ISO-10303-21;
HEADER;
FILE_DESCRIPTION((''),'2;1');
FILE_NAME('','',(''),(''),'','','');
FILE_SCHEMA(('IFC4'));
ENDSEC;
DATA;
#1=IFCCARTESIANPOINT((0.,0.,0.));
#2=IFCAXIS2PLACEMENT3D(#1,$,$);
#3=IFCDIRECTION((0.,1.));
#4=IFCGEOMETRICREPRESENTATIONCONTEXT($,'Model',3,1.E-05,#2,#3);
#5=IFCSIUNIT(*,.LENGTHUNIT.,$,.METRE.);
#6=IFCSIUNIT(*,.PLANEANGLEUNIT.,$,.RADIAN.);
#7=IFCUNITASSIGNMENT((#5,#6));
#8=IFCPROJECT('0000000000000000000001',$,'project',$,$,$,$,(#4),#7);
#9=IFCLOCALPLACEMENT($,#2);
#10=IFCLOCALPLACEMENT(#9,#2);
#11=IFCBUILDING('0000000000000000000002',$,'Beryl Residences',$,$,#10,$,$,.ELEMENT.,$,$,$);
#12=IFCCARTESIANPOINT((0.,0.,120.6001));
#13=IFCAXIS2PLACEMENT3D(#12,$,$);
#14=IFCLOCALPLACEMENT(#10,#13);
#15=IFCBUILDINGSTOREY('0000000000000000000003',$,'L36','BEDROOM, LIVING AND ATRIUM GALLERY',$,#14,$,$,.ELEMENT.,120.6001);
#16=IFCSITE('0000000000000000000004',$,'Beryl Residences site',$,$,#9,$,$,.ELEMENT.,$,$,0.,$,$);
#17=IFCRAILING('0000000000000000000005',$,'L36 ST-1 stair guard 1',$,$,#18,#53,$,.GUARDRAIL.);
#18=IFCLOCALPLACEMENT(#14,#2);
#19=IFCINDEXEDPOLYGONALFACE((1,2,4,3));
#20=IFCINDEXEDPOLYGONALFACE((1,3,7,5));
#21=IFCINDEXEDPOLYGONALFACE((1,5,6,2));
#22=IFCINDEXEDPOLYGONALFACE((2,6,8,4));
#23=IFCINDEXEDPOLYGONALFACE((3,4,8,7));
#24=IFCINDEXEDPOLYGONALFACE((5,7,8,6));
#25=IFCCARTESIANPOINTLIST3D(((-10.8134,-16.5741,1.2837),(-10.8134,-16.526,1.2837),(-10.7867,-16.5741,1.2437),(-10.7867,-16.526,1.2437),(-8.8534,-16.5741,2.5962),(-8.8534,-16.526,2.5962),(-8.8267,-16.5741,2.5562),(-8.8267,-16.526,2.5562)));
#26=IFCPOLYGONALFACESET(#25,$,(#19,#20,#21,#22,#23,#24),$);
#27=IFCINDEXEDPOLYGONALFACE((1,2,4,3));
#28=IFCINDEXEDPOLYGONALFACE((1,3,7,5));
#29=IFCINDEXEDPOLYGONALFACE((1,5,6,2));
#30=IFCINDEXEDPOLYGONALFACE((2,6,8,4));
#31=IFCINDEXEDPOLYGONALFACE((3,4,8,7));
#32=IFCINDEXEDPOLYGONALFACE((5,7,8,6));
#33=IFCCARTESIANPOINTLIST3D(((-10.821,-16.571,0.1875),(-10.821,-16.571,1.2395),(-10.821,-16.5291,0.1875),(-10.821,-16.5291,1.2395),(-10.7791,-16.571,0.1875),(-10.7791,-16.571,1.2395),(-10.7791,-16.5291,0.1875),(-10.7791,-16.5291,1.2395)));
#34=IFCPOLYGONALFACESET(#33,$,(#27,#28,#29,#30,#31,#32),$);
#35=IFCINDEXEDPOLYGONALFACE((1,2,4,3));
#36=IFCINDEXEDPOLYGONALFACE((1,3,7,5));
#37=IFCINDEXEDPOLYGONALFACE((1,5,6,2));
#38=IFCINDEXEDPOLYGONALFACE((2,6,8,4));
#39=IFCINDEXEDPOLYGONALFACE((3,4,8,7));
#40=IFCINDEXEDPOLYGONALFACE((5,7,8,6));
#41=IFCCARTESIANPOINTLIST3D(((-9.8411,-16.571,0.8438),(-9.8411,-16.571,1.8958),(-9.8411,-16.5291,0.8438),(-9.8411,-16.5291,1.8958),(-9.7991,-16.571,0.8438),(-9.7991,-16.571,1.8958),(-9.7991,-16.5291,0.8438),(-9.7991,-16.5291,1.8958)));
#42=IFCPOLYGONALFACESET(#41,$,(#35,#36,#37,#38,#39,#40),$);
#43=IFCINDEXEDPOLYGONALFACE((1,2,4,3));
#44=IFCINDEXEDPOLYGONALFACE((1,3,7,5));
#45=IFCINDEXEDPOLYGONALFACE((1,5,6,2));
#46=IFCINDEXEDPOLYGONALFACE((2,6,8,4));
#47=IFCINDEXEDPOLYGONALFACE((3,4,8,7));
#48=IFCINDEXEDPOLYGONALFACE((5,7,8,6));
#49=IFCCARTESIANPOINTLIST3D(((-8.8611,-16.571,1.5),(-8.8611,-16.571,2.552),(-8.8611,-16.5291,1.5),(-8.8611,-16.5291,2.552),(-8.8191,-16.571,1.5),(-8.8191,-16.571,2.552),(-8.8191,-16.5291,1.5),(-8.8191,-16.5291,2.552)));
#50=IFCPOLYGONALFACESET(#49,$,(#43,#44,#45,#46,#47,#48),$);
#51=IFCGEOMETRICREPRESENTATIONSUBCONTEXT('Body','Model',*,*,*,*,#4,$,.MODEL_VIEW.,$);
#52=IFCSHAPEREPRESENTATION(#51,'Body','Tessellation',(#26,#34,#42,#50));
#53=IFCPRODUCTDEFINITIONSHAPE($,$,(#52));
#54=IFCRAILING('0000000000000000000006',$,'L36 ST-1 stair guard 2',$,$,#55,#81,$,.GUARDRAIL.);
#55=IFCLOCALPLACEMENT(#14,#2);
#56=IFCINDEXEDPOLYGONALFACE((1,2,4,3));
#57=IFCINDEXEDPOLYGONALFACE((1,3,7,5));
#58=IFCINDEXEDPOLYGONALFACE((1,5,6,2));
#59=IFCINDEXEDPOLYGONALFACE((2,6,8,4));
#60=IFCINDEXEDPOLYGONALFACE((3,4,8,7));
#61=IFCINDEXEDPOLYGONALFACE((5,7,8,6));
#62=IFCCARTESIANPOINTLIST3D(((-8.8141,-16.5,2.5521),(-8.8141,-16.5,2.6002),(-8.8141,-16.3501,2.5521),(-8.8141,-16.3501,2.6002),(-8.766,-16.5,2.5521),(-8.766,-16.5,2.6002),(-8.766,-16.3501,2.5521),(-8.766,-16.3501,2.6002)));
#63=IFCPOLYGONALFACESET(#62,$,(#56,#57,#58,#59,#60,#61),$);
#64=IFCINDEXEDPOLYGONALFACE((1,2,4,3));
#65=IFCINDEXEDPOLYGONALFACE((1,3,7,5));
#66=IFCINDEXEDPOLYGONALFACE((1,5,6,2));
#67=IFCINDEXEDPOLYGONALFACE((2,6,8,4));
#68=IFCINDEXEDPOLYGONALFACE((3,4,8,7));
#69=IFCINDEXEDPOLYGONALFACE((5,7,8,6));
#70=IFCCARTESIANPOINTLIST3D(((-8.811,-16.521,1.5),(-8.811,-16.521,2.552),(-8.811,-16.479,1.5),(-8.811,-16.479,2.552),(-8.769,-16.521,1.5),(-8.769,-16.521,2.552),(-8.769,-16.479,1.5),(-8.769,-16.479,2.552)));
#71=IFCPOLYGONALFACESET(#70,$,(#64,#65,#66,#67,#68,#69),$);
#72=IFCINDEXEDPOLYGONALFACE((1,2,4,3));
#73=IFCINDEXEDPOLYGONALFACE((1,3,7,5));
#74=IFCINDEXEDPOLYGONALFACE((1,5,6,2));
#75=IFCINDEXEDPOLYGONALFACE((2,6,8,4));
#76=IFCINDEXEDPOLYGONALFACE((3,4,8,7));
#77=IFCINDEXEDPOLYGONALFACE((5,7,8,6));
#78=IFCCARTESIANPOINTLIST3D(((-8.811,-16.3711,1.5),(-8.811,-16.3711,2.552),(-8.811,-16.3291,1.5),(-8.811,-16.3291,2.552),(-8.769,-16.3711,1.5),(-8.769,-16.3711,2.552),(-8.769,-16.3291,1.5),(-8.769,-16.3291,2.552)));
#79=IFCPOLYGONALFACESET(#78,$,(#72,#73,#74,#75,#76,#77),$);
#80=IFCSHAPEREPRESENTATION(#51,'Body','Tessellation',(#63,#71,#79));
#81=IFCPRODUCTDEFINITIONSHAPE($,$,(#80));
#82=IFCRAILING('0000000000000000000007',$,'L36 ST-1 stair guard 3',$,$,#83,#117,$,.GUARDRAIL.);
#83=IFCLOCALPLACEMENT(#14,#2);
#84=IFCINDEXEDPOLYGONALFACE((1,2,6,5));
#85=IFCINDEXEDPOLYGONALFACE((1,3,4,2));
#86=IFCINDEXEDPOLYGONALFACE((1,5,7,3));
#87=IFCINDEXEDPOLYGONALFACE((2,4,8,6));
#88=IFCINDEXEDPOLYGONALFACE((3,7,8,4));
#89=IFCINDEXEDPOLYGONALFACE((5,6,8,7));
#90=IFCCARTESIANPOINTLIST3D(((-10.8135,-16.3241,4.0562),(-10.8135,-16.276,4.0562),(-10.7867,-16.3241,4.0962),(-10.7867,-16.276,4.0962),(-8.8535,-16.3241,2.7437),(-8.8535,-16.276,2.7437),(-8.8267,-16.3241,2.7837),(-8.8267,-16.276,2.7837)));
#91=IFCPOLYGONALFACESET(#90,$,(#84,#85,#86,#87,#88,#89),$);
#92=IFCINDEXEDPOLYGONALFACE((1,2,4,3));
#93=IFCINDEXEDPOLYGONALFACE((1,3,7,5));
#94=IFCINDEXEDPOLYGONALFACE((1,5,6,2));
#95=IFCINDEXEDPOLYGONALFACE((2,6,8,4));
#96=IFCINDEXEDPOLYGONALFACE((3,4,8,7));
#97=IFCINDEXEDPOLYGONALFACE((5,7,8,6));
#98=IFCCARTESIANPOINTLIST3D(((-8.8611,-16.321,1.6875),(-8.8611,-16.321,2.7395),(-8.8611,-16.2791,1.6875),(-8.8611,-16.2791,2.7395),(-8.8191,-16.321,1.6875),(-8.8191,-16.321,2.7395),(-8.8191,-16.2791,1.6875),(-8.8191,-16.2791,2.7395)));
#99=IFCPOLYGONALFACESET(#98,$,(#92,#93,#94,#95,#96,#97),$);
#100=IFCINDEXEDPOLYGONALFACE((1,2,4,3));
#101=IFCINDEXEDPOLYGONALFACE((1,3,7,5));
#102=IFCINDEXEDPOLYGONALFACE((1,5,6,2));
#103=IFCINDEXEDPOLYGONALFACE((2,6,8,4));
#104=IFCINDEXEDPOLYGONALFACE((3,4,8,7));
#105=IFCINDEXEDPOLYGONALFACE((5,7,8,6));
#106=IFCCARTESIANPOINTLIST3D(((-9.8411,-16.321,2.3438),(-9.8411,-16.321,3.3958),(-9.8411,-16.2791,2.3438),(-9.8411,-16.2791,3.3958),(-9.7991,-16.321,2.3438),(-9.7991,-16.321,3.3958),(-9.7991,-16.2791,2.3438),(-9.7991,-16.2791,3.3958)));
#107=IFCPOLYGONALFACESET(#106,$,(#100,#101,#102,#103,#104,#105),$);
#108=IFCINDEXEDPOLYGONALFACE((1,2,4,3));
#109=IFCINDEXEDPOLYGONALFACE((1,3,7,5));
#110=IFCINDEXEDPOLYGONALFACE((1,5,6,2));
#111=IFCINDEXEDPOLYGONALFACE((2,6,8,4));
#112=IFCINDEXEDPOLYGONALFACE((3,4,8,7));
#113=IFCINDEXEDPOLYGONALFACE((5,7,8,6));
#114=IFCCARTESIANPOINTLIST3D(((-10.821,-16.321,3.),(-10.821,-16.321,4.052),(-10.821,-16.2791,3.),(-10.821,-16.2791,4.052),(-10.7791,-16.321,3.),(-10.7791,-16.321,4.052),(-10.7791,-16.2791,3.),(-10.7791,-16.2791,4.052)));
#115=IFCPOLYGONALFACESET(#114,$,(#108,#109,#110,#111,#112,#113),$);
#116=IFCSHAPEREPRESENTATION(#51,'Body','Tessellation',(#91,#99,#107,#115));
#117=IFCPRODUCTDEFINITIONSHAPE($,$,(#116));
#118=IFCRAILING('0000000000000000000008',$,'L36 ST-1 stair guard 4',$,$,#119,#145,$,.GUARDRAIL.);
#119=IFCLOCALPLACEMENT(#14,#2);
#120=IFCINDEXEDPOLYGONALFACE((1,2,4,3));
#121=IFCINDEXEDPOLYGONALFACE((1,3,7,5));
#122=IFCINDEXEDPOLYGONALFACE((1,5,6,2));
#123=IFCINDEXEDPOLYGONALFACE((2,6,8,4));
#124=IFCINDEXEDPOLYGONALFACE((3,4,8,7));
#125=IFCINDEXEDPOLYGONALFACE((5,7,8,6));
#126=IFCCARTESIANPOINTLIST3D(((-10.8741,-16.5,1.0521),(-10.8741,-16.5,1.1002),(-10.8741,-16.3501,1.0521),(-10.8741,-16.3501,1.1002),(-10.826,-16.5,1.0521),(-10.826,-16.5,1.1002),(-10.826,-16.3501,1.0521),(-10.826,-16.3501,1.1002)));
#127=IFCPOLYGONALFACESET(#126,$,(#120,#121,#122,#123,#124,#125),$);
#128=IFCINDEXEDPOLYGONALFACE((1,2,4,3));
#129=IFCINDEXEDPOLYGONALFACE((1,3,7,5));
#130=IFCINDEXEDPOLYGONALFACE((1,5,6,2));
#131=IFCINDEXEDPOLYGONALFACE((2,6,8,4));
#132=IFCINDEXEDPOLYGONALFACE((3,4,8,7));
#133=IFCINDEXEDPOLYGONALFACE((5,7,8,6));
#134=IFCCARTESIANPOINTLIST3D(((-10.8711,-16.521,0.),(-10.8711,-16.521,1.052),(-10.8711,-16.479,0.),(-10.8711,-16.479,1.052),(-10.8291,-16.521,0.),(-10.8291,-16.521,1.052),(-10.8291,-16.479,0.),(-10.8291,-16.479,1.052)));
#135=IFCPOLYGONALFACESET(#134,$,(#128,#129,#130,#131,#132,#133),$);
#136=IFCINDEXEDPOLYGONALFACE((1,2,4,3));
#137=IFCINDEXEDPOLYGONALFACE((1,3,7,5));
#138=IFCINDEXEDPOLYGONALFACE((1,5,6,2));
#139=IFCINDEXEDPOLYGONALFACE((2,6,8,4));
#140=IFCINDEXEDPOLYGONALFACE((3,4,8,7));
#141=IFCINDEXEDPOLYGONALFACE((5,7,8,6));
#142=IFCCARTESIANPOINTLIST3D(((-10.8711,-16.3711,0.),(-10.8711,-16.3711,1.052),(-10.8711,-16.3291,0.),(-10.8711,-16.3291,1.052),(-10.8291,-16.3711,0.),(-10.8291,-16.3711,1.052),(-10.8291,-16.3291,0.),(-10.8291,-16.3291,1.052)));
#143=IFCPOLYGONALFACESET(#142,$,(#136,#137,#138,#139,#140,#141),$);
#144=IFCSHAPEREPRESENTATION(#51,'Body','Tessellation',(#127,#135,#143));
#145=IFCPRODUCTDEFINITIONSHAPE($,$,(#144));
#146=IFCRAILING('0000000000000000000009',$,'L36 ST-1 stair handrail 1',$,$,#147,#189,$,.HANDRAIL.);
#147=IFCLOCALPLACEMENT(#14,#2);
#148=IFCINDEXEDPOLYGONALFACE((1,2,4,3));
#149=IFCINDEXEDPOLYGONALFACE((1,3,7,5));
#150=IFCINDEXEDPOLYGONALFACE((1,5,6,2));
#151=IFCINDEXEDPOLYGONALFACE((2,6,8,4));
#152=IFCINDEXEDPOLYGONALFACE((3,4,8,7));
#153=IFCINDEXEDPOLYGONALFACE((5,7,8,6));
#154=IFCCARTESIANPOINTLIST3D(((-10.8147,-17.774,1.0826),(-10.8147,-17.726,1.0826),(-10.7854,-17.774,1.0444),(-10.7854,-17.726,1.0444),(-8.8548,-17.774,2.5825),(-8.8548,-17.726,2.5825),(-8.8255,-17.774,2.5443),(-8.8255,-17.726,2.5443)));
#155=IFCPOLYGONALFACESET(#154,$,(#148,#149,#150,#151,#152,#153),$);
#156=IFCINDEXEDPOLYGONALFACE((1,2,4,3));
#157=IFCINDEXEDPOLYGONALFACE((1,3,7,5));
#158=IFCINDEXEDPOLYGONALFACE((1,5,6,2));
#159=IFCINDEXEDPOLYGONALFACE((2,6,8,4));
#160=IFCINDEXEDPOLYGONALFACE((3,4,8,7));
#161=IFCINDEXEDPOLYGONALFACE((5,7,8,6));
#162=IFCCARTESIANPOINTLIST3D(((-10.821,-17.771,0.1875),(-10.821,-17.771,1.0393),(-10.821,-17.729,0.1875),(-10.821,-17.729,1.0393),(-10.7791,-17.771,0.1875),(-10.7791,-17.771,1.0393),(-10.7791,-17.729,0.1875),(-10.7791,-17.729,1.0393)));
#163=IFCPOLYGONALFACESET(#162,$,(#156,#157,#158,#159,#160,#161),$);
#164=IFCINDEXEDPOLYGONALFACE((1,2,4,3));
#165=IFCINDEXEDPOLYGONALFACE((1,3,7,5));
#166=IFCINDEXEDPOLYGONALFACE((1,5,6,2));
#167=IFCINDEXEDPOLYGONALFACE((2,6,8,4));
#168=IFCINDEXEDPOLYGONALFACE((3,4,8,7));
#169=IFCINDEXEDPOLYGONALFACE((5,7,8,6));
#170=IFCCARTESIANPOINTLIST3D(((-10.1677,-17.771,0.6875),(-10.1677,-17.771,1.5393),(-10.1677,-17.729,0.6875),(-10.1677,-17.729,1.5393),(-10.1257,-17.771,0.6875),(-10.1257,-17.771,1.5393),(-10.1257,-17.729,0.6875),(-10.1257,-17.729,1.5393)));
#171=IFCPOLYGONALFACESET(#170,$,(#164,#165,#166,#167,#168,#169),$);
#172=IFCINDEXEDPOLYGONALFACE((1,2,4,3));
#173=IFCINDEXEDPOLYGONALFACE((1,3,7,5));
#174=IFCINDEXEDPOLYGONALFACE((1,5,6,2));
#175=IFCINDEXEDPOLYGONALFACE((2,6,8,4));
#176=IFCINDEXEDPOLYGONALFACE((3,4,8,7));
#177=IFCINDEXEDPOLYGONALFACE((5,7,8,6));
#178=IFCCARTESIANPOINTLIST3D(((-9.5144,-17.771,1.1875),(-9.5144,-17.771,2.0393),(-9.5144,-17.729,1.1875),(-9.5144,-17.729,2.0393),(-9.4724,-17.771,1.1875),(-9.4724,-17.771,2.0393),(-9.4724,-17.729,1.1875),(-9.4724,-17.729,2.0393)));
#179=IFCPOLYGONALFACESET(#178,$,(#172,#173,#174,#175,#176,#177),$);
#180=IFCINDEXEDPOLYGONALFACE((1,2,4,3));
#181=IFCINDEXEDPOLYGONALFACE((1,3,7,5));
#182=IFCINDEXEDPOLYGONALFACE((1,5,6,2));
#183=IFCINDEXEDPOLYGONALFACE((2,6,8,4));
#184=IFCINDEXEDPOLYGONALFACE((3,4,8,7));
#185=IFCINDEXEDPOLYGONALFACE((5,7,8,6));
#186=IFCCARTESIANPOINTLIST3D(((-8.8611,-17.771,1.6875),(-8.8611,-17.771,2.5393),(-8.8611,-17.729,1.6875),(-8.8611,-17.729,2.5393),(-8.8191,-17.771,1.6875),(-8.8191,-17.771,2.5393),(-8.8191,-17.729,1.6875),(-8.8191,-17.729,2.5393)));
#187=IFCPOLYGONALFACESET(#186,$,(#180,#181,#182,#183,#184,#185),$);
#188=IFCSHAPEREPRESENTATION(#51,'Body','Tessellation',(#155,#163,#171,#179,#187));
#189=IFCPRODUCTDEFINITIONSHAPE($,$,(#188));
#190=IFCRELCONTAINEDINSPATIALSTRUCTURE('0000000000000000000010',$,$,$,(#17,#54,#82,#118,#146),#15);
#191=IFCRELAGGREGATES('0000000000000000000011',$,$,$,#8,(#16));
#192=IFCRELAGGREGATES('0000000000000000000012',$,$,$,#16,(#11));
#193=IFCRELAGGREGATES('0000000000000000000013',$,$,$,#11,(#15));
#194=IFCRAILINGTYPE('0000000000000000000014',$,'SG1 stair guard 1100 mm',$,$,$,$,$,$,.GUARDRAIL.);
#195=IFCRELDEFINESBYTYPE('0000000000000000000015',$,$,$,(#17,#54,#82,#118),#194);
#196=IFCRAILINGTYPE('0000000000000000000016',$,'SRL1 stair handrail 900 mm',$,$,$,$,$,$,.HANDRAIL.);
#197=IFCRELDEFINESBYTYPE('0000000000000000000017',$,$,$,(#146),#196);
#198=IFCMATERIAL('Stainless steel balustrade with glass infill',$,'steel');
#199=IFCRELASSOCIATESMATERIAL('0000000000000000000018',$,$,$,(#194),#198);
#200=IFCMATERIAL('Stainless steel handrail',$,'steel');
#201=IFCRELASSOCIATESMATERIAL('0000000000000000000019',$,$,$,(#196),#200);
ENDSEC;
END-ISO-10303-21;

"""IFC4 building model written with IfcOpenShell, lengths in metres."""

from ifc_helpers import new_model, si_unit, direction, frame, origin, origin_2d, place, context, subcontext, project, spatial, rectangle, extrude, material, type_object, element, save


model = new_model("IFC4")

# Units and contexts
model_context = context("Model", 3, precision=1e-05, world=origin(), true_north=direction((0.0, 1.0)))
body_context = subcontext(model_context, "Body", "Model", "MODEL_VIEW")
ifc_project = project(units=[si_unit("LENGTHUNIT", "METRE"), si_unit("PLANEANGLEUNIT", "RADIAN")], contexts=[model_context])

# Site, building, storey
site_placement = place(None, origin())
site = spatial("IfcSite", under=ifc_project, at=site_placement, Name="Beryl Residences site", CompositionType="ELEMENT", RefElevation=0.0)
building_placement = place(site_placement, origin())
building = spatial("IfcBuilding", under=site, at=building_placement, Name="Beryl Residences", CompositionType="ELEMENT")
storey_placement = place(building_placement, frame((0.0, 0.0, 120.6001)))
storey = spatial("IfcBuildingStorey", under=building, at=storey_placement, Name="L36", Description="BEDROOM, LIVING AND ATRIUM GALLERY", CompositionType="ELEMENT", Elevation=120.6001)

# Railings
ifc_material_1 = material(Name="Stainless steel balustrade with glass infill", Category="steel")
railing_type_1 = type_object("IfcRailingType", Name="SG1 stair guard 1100 mm", PredefinedType="GUARDRAIL", material=ifc_material_1)
railing_1_placement = place(storey_placement, frame((-10.8, -16.55, 0.1875)))
element("IfcRailing", 1, at=railing_1_placement, inside=storey, type_object=railing_type_1, Name="L36 ST-1 stair guard 1", PredefinedType="GUARDRAIL", context=body_context, shape_type="SweptSolid", body=[
    extrude(rectangle(XDim=0.0481, YDim=0.0481, at=origin_2d()), frame((0.0, 0.0, 1.0762), z_axis=(0.830902, 0.0, 0.556419), x_axis=(0.0, 1.0, 0.0)), (0.0, 0.0, 1.0), 2.3589),
    extrude(rectangle(XDim=0.042, YDim=0.042, at=origin_2d()), origin(), (0.0, 0.0, 1.0), 1.052),
    extrude(rectangle(XDim=0.042, YDim=0.042, at=origin_2d()), frame((0.98, 0.0, 0.6562)), (0.0, 0.0, 1.0), 1.052),
    extrude(rectangle(XDim=0.042, YDim=0.042, at=origin_2d()), frame((1.96, 0.0, 1.3125)), (0.0, 0.0, 1.0), 1.052),
])
railing_2_placement = place(storey_placement, frame((-8.79, -16.5, 1.5)))
element("IfcRailing", 2, at=railing_2_placement, inside=storey, type_object=railing_type_1, Name="L36 ST-1 stair guard 2", PredefinedType="GUARDRAIL", context=body_context, shape_type="SweptSolid", body=[
    extrude(rectangle(XDim=0.0481, YDim=0.0481, at=origin_2d()), frame((0.0, 0.0, 1.0762), z_axis=(0.0, 1.0, 0.0), x_axis=(-1.0, 0.0, 0.0)), (0.0, 0.0, 1.0), 0.1499),
    extrude(rectangle(XDim=0.042, YDim=0.042, at=origin_2d()), origin(), (0.0, 0.0, 1.0), 1.052),
    extrude(rectangle(XDim=0.042, YDim=0.042, at=origin_2d()), frame((0.0, 0.1499, 0.0)), (0.0, 0.0, 1.0), 1.052),
])
railing_3_placement = place(storey_placement, frame((-8.8401, -16.3, 1.6875)))
element("IfcRailing", 3, at=railing_3_placement, inside=storey, type_object=railing_type_1, Name="L36 ST-1 stair guard 3", PredefinedType="GUARDRAIL", context=body_context, shape_type="SweptSolid", body=[
    extrude(rectangle(XDim=0.0481, YDim=0.0481, at=origin_2d()), frame((0.0, 0.0, 1.0762), z_axis=(-0.830902, 0.0, 0.556419), x_axis=(0.0, -1.0, 0.0)), (0.0, 0.0, 1.0), 2.3589),
    extrude(rectangle(XDim=0.042, YDim=0.042, at=origin_2d()), origin(), (0.0, 0.0, 1.0), 1.052),
    extrude(rectangle(XDim=0.042, YDim=0.042, at=origin_2d()), frame((-0.98, 0.0, 0.6562)), (0.0, 0.0, 1.0), 1.052),
    extrude(rectangle(XDim=0.042, YDim=0.042, at=origin_2d()), frame((-1.96, 0.0, 1.3125)), (0.0, 0.0, 1.0), 1.052),
])
railing_4_placement = place(storey_placement, frame((-10.8501, -16.5, 0.0)))
element("IfcRailing", 4, at=railing_4_placement, inside=storey, type_object=railing_type_1, Name="L36 ST-1 stair guard 4", PredefinedType="GUARDRAIL", context=body_context, shape_type="SweptSolid", body=[
    extrude(rectangle(XDim=0.0481, YDim=0.0481, at=origin_2d()), frame((0.0, 0.0, 1.0762), z_axis=(0.0, 1.0, 0.0), x_axis=(-1.0, 0.0, 0.0)), (0.0, 0.0, 1.0), 0.1499),
    extrude(rectangle(XDim=0.042, YDim=0.042, at=origin_2d()), origin(), (0.0, 0.0, 1.0), 1.052),
    extrude(rectangle(XDim=0.042, YDim=0.042, at=origin_2d()), frame((0.0, 0.1499, 0.0)), (0.0, 0.0, 1.0), 1.052),
])
ifc_material_2 = material(Name="Stainless steel handrail", Category="steel")
railing_type_2 = type_object("IfcRailingType", Name="SRL1 stair handrail 900 mm", PredefinedType="HANDRAIL", material=ifc_material_2)
railing_5_placement = place(storey_placement, frame((-10.8, -17.75, 0.1875)))
element("IfcRailing", 5, at=railing_5_placement, inside=storey, type_object=railing_type_2, Name="L36 ST-1 stair handrail 1", PredefinedType="HANDRAIL", context=body_context, shape_type="SweptSolid", body=[
    extrude(rectangle(XDim=0.0481, YDim=0.0481, at=origin_2d()), frame((0.0, 0.0, 0.876), z_axis=(0.794122, 0.0, 0.607758), x_axis=(0.0, 1.0, 0.0)), (0.0, 0.0, 1.0), 2.468),
    extrude(rectangle(XDim=0.042, YDim=0.042, at=origin_2d()), origin(), (0.0, 0.0, 1.0), 0.8518),
    extrude(rectangle(XDim=0.042, YDim=0.042, at=origin_2d()), frame((0.6533, 0.0, 0.5)), (0.0, 0.0, 1.0), 0.8518),
    extrude(rectangle(XDim=0.042, YDim=0.042, at=origin_2d()), frame((1.3066, 0.0, 1.0)), (0.0, 0.0, 1.0), 0.8518),
    extrude(rectangle(XDim=0.042, YDim=0.042, at=origin_2d()), frame((1.96, 0.0, 1.5)), (0.0, 0.0, 1.0), 0.8518),
])

save(model, "model.ifc")
